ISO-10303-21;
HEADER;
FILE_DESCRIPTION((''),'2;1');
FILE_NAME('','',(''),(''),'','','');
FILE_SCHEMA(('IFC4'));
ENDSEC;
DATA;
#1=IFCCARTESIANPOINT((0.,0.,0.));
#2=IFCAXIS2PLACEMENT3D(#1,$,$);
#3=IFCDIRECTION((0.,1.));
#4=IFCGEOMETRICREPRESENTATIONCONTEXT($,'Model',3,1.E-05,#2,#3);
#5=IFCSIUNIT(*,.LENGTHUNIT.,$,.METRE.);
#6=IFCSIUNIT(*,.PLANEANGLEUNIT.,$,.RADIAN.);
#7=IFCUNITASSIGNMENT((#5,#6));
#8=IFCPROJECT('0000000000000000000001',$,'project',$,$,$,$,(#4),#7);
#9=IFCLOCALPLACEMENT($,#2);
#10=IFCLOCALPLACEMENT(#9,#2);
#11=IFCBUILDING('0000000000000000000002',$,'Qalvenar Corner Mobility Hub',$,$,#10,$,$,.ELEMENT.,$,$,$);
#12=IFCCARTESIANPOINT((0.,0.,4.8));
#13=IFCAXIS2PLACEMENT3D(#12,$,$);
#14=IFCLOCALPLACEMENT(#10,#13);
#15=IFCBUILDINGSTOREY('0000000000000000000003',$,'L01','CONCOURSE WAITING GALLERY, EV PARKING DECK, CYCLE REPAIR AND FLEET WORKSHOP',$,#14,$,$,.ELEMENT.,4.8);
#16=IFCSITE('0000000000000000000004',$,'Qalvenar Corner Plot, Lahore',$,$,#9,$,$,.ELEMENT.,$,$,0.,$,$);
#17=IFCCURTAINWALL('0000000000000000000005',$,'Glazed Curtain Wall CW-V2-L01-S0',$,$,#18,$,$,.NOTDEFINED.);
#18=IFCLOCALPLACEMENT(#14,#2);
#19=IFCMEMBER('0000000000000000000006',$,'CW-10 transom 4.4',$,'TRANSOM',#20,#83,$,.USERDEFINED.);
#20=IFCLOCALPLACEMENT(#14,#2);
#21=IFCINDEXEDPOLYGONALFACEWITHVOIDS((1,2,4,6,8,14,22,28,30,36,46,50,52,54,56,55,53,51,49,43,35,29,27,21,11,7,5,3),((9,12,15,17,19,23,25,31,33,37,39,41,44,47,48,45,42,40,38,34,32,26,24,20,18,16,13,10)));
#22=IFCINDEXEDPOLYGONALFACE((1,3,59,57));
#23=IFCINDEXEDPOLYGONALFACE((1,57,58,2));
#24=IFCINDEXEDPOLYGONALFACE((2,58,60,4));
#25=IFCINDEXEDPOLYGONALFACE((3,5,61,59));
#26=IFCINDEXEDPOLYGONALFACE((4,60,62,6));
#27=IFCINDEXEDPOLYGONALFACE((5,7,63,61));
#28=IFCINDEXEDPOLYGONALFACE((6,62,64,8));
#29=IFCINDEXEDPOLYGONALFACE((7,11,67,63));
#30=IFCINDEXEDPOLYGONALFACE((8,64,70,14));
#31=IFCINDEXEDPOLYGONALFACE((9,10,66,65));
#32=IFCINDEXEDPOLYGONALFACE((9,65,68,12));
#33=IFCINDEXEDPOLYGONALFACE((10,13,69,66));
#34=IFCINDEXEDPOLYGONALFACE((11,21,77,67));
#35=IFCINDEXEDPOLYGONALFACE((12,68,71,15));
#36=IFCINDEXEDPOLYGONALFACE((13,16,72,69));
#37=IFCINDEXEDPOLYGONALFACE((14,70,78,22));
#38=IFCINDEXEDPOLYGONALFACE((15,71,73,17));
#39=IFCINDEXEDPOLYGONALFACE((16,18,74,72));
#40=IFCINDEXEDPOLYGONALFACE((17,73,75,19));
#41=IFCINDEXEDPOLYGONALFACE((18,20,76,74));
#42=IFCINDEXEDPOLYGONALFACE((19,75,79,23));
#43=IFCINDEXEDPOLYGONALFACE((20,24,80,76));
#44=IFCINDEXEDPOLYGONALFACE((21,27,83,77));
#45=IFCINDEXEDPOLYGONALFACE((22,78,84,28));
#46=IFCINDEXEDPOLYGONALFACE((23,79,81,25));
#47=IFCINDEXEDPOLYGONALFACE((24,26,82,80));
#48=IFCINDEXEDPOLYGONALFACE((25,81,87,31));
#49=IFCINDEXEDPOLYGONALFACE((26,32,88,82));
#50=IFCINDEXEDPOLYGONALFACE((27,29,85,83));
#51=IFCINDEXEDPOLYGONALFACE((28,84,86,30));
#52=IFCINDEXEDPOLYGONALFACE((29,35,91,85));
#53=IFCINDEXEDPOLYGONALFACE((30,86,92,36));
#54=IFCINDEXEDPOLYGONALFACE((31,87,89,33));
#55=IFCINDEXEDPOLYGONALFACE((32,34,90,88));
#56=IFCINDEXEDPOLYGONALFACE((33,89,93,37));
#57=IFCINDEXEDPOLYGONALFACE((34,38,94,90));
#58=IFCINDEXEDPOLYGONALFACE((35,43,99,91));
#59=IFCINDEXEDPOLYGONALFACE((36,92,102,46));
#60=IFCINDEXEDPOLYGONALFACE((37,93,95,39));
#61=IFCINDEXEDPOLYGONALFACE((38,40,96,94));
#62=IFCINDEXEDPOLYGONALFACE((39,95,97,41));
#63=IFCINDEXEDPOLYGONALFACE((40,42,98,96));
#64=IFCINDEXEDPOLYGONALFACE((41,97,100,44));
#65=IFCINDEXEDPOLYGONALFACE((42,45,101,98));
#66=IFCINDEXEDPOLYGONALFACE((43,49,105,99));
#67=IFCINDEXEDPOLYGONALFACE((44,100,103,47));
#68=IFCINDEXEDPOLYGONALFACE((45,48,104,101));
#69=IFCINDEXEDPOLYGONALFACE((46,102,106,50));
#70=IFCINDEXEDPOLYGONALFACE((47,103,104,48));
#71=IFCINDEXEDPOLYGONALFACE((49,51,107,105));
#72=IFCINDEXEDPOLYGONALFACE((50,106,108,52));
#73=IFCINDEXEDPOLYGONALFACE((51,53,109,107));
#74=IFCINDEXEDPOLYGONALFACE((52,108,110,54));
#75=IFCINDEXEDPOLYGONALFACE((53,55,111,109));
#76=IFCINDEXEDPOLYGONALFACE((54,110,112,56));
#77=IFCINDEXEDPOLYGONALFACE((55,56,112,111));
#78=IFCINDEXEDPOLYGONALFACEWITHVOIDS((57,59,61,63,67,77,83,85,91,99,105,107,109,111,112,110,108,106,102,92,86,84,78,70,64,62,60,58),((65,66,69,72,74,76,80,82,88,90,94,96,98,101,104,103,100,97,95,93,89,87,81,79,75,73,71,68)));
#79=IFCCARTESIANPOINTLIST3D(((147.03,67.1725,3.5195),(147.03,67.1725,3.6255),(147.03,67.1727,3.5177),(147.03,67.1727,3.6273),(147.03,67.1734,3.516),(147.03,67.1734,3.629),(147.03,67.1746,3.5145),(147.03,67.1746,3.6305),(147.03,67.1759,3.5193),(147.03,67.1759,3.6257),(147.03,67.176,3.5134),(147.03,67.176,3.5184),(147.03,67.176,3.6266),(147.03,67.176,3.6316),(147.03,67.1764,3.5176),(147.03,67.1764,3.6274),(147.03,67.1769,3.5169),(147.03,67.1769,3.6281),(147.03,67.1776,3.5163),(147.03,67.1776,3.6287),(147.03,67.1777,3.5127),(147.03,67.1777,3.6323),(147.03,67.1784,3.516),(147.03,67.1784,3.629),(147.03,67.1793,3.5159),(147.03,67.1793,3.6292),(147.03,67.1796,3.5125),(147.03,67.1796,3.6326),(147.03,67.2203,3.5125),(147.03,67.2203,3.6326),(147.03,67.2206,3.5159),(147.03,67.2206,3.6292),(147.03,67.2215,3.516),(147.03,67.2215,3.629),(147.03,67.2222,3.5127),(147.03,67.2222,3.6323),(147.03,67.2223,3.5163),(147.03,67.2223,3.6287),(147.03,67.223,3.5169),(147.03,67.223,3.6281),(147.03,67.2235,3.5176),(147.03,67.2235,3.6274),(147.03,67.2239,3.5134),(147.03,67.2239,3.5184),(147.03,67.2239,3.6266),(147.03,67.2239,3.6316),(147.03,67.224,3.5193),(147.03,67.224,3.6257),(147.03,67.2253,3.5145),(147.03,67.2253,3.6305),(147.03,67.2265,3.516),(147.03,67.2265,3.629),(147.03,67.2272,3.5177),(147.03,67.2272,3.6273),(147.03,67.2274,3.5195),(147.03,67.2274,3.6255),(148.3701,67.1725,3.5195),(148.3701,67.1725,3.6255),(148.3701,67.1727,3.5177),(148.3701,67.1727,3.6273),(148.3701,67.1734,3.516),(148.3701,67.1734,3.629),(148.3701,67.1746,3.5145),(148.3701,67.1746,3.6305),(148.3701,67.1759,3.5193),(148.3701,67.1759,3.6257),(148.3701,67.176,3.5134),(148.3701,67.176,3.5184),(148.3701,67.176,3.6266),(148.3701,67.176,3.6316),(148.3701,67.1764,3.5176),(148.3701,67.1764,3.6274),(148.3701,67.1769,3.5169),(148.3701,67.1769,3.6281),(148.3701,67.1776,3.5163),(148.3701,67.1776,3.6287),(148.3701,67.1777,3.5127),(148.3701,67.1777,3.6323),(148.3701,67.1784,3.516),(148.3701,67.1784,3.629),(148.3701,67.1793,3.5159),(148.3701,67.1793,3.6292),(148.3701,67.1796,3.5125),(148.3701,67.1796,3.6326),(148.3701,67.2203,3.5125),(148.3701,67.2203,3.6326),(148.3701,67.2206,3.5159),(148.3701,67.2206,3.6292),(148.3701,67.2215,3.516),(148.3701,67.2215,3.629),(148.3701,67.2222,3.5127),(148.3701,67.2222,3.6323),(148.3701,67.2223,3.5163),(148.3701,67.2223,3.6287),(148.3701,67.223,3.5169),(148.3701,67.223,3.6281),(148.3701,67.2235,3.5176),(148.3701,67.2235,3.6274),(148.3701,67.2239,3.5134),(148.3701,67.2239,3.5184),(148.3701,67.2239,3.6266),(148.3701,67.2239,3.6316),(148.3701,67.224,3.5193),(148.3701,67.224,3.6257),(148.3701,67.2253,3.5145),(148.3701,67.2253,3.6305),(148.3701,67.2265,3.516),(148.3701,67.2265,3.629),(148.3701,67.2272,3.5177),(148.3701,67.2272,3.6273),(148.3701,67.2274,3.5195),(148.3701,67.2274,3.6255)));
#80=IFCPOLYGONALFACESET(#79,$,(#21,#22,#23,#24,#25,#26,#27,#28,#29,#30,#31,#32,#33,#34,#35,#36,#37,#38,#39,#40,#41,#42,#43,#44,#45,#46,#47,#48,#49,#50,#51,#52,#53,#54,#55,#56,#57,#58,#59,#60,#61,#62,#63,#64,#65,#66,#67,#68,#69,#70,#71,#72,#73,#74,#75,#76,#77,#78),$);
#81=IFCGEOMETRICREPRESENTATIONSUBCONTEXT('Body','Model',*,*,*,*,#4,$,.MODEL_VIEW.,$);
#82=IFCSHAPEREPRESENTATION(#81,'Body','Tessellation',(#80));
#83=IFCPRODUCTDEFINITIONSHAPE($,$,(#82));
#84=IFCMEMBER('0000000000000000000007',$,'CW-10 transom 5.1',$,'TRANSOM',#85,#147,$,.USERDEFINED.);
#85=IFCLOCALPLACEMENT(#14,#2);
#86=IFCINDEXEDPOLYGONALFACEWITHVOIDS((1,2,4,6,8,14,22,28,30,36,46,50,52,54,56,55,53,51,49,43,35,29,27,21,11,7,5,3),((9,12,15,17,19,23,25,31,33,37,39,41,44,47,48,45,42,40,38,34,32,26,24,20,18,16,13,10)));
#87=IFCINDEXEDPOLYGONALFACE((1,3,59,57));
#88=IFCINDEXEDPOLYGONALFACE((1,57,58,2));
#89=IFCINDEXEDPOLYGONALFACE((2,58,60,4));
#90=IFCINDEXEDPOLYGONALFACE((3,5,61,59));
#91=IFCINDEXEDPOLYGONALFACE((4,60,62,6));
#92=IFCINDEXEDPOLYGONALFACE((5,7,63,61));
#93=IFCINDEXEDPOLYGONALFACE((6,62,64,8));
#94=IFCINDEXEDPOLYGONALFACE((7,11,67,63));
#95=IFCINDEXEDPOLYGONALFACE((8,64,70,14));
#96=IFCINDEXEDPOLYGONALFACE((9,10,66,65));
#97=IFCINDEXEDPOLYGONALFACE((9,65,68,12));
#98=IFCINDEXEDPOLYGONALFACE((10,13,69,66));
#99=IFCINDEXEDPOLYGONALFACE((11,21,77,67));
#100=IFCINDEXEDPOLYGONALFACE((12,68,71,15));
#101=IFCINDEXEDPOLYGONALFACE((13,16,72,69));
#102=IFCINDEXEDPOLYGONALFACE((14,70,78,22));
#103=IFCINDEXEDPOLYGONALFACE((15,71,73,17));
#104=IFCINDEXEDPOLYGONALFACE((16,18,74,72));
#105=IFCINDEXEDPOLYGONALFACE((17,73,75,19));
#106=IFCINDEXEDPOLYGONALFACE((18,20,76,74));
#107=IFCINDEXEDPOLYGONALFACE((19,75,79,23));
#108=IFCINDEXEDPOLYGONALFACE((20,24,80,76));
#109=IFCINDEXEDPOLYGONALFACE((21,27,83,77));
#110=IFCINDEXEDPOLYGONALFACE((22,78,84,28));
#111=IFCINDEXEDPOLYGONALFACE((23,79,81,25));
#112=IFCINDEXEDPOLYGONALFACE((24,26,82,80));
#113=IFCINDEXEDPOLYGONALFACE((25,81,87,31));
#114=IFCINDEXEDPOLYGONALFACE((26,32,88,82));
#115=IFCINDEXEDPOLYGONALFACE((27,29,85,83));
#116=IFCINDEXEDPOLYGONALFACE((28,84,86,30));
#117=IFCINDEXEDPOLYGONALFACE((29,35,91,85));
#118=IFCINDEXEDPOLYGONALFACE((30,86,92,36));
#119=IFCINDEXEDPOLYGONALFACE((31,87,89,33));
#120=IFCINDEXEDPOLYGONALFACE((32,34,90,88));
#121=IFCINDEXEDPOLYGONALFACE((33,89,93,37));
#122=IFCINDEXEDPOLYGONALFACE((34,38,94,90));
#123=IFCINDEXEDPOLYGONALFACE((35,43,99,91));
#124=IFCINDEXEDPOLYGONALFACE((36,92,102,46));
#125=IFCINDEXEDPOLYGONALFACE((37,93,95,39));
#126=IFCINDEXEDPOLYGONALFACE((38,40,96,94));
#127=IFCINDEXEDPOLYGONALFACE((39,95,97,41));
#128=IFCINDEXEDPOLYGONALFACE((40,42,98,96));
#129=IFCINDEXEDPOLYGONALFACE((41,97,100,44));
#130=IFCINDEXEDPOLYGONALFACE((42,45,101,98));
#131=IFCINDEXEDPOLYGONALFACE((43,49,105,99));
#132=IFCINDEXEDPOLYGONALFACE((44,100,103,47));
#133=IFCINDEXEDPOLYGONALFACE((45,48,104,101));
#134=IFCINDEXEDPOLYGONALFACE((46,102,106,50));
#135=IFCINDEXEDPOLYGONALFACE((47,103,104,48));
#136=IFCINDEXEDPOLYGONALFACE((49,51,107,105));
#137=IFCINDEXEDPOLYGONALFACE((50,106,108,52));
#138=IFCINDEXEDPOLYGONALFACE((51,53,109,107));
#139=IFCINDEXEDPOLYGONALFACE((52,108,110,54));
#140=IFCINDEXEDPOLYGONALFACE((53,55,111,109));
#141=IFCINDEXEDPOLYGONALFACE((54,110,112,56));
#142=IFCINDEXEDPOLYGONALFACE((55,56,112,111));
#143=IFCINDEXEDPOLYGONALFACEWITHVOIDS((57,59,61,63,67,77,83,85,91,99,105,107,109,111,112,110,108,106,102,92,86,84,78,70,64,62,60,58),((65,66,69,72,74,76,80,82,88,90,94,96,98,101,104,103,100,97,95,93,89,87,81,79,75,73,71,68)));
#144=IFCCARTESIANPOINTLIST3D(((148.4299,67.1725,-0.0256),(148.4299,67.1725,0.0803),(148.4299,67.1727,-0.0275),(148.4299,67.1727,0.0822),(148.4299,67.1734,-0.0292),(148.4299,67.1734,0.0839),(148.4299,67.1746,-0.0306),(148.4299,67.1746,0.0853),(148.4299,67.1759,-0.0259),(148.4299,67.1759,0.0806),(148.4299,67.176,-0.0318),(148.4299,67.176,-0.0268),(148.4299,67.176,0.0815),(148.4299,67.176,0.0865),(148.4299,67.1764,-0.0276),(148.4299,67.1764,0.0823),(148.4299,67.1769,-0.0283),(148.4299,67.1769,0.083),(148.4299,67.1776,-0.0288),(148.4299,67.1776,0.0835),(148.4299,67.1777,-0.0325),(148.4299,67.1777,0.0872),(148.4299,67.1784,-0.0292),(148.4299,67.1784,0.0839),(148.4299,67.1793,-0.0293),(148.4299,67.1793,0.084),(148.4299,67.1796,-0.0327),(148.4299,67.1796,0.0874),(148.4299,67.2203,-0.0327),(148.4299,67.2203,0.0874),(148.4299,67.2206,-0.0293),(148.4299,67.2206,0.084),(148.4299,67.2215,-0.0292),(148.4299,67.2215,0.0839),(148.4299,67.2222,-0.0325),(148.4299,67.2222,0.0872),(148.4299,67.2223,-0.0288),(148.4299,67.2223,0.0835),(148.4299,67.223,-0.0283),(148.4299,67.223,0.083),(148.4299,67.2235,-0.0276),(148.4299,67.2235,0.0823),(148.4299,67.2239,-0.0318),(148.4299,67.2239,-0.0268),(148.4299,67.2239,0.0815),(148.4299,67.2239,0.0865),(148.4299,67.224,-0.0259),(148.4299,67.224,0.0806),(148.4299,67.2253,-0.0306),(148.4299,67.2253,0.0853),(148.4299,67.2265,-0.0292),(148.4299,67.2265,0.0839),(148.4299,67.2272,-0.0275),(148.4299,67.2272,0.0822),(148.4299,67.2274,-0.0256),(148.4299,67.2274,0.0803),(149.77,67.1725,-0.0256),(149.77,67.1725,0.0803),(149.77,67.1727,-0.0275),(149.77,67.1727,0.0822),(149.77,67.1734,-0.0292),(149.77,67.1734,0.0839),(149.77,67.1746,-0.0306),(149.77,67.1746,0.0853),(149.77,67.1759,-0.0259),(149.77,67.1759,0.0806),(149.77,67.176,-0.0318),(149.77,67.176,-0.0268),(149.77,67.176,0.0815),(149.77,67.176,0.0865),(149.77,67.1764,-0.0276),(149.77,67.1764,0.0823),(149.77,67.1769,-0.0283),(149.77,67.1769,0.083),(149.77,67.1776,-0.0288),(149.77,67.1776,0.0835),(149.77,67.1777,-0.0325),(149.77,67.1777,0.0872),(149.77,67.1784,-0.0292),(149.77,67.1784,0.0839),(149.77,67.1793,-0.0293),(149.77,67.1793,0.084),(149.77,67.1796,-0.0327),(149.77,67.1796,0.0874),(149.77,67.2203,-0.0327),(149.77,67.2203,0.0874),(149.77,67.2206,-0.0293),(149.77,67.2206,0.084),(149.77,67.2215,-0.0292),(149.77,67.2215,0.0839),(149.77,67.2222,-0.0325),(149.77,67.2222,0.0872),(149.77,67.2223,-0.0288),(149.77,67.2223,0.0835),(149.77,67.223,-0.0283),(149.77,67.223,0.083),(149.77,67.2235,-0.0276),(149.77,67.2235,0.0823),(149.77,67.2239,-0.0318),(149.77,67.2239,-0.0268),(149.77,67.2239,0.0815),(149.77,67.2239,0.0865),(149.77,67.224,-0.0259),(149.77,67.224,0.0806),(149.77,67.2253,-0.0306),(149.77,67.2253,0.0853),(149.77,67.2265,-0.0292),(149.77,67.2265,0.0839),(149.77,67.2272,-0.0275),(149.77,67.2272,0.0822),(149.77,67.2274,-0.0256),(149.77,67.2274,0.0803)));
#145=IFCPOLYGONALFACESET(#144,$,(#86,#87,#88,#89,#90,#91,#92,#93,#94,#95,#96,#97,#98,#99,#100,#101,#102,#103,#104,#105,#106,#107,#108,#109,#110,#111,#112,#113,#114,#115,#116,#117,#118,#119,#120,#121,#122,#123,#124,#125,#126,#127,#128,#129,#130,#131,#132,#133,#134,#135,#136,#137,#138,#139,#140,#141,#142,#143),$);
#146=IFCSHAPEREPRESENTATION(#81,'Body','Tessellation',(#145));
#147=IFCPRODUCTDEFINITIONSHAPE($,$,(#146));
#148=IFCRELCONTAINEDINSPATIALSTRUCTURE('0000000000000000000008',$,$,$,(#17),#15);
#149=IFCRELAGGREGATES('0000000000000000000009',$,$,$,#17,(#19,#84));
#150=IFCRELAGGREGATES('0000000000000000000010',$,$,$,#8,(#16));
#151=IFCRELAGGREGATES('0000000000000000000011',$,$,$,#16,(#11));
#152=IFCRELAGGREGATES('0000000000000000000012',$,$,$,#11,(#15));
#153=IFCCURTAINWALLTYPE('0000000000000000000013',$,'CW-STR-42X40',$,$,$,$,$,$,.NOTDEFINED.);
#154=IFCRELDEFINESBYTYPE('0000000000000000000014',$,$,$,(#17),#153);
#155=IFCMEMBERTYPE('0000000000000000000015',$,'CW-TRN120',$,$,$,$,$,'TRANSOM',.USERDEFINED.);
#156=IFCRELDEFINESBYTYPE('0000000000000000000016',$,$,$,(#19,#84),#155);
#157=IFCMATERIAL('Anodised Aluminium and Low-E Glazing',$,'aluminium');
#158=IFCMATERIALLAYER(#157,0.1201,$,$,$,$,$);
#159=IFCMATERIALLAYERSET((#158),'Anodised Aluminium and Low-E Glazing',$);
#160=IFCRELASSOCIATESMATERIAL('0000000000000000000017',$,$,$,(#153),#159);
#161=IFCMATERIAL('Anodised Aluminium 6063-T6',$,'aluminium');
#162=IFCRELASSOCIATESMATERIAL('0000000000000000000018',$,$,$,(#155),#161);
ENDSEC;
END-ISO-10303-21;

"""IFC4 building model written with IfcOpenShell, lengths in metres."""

from ifc_helpers import new_model, si_unit, direction, frame, origin, origin_2d, place, context, subcontext, project, spatial, hollow_rectangle, extrude, material, layer, layer_set, material_profile, profile_set, type_object, element, aggregate, save


model = new_model("IFC4")

# Units and contexts
model_context = context("Model", 3, precision=1e-05, world=origin(), true_north=direction((0.0, 1.0)))
body_context = subcontext(model_context, "Body", "Model", "MODEL_VIEW")
ifc_project = project(units=[si_unit("LENGTHUNIT", "METRE"), si_unit("PLANEANGLEUNIT", "RADIAN")], contexts=[model_context])

# Site, building, storey
site_placement = place(None, origin())
site = spatial("IfcSite", under=ifc_project, at=site_placement, Name="Qalvenar Corner Plot, Lahore", CompositionType="ELEMENT", RefElevation=0.0)
building_placement = place(site_placement, origin())
building = spatial("IfcBuilding", under=site, at=building_placement, Name="Qalvenar Corner Mobility Hub", CompositionType="ELEMENT")
storey_placement = place(building_placement, frame((0.0, 0.0, 4.8)))
storey = spatial("IfcBuildingStorey", under=building, at=storey_placement, Name="L01", Description="CONCOURSE WAITING GALLERY, EV PARKING DECK, CYCLE REPAIR AND FLEET WORKSHOP", CompositionType="ELEMENT", Elevation=4.8)

# Curtain wall
ifc_material_1 = material(Name="Anodised Aluminium and Low-E Glazing", Category="aluminium")
ifc_layer_1 = layer(ifc_material_1, 0.1201)
ifc_layer_set_1 = layer_set([ifc_layer_1], Name="Anodised Aluminium and Low-E Glazing")
curtain_wall_type = type_object("IfcCurtainWallType", Name="CW-STR-42X40", PredefinedType="NOTDEFINED", material=ifc_layer_set_1)
curtain_wall_1_placement = place(storey_placement, origin())
curtain_wall_1 = element("IfcCurtainWall", 1, at=curtain_wall_1_placement, inside=storey, type_object=curtain_wall_type, Name="Glazed Curtain Wall CW-V2-L01-S0", PredefinedType="NOTDEFINED")
ifc_material_2 = material(Name="Anodised Aluminium 6063-T6", Category="aluminium")

# Members
ifc_material_profile_1 = material_profile(ifc_material_2, hollow_rectangle(XDim=0.0549, YDim=0.1201, WallThickness=0.0034, InnerFilletRadius=0.0034, OuterFilletRadius=0.0071, at=origin_2d()), Name="RHS120x55x3.5")
ifc_profile_set_1 = profile_set([ifc_material_profile_1], Name="Anodised Aluminium 6063-T6")
member_type_1 = type_object("IfcMemberType", Name="CW-TRN120", ElementType="TRANSOM", PredefinedType="USERDEFINED", material=ifc_profile_set_1)
member_1_placement = place(storey_placement, frame((147.03, 67.2, 3.5725), z_axis=(1.0, 0.0, 0.0), x_axis=(0.0, 1.0, 0.0)))
member_1 = element("IfcMember", 2, at=member_1_placement, type_object=member_type_1, Name="CW-10 transom 4.4", ObjectType="TRANSOM", PredefinedType="USERDEFINED", context=body_context, shape_type="SweptSolid", body=[
    extrude(hollow_rectangle(XDim=0.0549, YDim=0.1201, WallThickness=0.0034, InnerFilletRadius=0.0034, OuterFilletRadius=0.0071, at=origin_2d()), origin(), (0.0, 0.0, 1.0), 1.3401),
])
member_2_placement = place(storey_placement, frame((148.4299, 67.2, 0.0273), z_axis=(1.0, 0.0, 0.0), x_axis=(0.0, 1.0, 0.0)))
member_2 = element("IfcMember", 3, at=member_2_placement, type_object=member_type_1, Name="CW-10 transom 5.1", ObjectType="TRANSOM", PredefinedType="USERDEFINED", context=body_context, shape_type="SweptSolid", body=[
    extrude(hollow_rectangle(XDim=0.0549, YDim=0.1201, WallThickness=0.0034, InnerFilletRadius=0.0034, OuterFilletRadius=0.0071, at=origin_2d()), origin(), (0.0, 0.0, 1.0), 1.3401),
])

aggregate(curtain_wall_1, [member_1, member_2])

save(model, "model.ifc")
